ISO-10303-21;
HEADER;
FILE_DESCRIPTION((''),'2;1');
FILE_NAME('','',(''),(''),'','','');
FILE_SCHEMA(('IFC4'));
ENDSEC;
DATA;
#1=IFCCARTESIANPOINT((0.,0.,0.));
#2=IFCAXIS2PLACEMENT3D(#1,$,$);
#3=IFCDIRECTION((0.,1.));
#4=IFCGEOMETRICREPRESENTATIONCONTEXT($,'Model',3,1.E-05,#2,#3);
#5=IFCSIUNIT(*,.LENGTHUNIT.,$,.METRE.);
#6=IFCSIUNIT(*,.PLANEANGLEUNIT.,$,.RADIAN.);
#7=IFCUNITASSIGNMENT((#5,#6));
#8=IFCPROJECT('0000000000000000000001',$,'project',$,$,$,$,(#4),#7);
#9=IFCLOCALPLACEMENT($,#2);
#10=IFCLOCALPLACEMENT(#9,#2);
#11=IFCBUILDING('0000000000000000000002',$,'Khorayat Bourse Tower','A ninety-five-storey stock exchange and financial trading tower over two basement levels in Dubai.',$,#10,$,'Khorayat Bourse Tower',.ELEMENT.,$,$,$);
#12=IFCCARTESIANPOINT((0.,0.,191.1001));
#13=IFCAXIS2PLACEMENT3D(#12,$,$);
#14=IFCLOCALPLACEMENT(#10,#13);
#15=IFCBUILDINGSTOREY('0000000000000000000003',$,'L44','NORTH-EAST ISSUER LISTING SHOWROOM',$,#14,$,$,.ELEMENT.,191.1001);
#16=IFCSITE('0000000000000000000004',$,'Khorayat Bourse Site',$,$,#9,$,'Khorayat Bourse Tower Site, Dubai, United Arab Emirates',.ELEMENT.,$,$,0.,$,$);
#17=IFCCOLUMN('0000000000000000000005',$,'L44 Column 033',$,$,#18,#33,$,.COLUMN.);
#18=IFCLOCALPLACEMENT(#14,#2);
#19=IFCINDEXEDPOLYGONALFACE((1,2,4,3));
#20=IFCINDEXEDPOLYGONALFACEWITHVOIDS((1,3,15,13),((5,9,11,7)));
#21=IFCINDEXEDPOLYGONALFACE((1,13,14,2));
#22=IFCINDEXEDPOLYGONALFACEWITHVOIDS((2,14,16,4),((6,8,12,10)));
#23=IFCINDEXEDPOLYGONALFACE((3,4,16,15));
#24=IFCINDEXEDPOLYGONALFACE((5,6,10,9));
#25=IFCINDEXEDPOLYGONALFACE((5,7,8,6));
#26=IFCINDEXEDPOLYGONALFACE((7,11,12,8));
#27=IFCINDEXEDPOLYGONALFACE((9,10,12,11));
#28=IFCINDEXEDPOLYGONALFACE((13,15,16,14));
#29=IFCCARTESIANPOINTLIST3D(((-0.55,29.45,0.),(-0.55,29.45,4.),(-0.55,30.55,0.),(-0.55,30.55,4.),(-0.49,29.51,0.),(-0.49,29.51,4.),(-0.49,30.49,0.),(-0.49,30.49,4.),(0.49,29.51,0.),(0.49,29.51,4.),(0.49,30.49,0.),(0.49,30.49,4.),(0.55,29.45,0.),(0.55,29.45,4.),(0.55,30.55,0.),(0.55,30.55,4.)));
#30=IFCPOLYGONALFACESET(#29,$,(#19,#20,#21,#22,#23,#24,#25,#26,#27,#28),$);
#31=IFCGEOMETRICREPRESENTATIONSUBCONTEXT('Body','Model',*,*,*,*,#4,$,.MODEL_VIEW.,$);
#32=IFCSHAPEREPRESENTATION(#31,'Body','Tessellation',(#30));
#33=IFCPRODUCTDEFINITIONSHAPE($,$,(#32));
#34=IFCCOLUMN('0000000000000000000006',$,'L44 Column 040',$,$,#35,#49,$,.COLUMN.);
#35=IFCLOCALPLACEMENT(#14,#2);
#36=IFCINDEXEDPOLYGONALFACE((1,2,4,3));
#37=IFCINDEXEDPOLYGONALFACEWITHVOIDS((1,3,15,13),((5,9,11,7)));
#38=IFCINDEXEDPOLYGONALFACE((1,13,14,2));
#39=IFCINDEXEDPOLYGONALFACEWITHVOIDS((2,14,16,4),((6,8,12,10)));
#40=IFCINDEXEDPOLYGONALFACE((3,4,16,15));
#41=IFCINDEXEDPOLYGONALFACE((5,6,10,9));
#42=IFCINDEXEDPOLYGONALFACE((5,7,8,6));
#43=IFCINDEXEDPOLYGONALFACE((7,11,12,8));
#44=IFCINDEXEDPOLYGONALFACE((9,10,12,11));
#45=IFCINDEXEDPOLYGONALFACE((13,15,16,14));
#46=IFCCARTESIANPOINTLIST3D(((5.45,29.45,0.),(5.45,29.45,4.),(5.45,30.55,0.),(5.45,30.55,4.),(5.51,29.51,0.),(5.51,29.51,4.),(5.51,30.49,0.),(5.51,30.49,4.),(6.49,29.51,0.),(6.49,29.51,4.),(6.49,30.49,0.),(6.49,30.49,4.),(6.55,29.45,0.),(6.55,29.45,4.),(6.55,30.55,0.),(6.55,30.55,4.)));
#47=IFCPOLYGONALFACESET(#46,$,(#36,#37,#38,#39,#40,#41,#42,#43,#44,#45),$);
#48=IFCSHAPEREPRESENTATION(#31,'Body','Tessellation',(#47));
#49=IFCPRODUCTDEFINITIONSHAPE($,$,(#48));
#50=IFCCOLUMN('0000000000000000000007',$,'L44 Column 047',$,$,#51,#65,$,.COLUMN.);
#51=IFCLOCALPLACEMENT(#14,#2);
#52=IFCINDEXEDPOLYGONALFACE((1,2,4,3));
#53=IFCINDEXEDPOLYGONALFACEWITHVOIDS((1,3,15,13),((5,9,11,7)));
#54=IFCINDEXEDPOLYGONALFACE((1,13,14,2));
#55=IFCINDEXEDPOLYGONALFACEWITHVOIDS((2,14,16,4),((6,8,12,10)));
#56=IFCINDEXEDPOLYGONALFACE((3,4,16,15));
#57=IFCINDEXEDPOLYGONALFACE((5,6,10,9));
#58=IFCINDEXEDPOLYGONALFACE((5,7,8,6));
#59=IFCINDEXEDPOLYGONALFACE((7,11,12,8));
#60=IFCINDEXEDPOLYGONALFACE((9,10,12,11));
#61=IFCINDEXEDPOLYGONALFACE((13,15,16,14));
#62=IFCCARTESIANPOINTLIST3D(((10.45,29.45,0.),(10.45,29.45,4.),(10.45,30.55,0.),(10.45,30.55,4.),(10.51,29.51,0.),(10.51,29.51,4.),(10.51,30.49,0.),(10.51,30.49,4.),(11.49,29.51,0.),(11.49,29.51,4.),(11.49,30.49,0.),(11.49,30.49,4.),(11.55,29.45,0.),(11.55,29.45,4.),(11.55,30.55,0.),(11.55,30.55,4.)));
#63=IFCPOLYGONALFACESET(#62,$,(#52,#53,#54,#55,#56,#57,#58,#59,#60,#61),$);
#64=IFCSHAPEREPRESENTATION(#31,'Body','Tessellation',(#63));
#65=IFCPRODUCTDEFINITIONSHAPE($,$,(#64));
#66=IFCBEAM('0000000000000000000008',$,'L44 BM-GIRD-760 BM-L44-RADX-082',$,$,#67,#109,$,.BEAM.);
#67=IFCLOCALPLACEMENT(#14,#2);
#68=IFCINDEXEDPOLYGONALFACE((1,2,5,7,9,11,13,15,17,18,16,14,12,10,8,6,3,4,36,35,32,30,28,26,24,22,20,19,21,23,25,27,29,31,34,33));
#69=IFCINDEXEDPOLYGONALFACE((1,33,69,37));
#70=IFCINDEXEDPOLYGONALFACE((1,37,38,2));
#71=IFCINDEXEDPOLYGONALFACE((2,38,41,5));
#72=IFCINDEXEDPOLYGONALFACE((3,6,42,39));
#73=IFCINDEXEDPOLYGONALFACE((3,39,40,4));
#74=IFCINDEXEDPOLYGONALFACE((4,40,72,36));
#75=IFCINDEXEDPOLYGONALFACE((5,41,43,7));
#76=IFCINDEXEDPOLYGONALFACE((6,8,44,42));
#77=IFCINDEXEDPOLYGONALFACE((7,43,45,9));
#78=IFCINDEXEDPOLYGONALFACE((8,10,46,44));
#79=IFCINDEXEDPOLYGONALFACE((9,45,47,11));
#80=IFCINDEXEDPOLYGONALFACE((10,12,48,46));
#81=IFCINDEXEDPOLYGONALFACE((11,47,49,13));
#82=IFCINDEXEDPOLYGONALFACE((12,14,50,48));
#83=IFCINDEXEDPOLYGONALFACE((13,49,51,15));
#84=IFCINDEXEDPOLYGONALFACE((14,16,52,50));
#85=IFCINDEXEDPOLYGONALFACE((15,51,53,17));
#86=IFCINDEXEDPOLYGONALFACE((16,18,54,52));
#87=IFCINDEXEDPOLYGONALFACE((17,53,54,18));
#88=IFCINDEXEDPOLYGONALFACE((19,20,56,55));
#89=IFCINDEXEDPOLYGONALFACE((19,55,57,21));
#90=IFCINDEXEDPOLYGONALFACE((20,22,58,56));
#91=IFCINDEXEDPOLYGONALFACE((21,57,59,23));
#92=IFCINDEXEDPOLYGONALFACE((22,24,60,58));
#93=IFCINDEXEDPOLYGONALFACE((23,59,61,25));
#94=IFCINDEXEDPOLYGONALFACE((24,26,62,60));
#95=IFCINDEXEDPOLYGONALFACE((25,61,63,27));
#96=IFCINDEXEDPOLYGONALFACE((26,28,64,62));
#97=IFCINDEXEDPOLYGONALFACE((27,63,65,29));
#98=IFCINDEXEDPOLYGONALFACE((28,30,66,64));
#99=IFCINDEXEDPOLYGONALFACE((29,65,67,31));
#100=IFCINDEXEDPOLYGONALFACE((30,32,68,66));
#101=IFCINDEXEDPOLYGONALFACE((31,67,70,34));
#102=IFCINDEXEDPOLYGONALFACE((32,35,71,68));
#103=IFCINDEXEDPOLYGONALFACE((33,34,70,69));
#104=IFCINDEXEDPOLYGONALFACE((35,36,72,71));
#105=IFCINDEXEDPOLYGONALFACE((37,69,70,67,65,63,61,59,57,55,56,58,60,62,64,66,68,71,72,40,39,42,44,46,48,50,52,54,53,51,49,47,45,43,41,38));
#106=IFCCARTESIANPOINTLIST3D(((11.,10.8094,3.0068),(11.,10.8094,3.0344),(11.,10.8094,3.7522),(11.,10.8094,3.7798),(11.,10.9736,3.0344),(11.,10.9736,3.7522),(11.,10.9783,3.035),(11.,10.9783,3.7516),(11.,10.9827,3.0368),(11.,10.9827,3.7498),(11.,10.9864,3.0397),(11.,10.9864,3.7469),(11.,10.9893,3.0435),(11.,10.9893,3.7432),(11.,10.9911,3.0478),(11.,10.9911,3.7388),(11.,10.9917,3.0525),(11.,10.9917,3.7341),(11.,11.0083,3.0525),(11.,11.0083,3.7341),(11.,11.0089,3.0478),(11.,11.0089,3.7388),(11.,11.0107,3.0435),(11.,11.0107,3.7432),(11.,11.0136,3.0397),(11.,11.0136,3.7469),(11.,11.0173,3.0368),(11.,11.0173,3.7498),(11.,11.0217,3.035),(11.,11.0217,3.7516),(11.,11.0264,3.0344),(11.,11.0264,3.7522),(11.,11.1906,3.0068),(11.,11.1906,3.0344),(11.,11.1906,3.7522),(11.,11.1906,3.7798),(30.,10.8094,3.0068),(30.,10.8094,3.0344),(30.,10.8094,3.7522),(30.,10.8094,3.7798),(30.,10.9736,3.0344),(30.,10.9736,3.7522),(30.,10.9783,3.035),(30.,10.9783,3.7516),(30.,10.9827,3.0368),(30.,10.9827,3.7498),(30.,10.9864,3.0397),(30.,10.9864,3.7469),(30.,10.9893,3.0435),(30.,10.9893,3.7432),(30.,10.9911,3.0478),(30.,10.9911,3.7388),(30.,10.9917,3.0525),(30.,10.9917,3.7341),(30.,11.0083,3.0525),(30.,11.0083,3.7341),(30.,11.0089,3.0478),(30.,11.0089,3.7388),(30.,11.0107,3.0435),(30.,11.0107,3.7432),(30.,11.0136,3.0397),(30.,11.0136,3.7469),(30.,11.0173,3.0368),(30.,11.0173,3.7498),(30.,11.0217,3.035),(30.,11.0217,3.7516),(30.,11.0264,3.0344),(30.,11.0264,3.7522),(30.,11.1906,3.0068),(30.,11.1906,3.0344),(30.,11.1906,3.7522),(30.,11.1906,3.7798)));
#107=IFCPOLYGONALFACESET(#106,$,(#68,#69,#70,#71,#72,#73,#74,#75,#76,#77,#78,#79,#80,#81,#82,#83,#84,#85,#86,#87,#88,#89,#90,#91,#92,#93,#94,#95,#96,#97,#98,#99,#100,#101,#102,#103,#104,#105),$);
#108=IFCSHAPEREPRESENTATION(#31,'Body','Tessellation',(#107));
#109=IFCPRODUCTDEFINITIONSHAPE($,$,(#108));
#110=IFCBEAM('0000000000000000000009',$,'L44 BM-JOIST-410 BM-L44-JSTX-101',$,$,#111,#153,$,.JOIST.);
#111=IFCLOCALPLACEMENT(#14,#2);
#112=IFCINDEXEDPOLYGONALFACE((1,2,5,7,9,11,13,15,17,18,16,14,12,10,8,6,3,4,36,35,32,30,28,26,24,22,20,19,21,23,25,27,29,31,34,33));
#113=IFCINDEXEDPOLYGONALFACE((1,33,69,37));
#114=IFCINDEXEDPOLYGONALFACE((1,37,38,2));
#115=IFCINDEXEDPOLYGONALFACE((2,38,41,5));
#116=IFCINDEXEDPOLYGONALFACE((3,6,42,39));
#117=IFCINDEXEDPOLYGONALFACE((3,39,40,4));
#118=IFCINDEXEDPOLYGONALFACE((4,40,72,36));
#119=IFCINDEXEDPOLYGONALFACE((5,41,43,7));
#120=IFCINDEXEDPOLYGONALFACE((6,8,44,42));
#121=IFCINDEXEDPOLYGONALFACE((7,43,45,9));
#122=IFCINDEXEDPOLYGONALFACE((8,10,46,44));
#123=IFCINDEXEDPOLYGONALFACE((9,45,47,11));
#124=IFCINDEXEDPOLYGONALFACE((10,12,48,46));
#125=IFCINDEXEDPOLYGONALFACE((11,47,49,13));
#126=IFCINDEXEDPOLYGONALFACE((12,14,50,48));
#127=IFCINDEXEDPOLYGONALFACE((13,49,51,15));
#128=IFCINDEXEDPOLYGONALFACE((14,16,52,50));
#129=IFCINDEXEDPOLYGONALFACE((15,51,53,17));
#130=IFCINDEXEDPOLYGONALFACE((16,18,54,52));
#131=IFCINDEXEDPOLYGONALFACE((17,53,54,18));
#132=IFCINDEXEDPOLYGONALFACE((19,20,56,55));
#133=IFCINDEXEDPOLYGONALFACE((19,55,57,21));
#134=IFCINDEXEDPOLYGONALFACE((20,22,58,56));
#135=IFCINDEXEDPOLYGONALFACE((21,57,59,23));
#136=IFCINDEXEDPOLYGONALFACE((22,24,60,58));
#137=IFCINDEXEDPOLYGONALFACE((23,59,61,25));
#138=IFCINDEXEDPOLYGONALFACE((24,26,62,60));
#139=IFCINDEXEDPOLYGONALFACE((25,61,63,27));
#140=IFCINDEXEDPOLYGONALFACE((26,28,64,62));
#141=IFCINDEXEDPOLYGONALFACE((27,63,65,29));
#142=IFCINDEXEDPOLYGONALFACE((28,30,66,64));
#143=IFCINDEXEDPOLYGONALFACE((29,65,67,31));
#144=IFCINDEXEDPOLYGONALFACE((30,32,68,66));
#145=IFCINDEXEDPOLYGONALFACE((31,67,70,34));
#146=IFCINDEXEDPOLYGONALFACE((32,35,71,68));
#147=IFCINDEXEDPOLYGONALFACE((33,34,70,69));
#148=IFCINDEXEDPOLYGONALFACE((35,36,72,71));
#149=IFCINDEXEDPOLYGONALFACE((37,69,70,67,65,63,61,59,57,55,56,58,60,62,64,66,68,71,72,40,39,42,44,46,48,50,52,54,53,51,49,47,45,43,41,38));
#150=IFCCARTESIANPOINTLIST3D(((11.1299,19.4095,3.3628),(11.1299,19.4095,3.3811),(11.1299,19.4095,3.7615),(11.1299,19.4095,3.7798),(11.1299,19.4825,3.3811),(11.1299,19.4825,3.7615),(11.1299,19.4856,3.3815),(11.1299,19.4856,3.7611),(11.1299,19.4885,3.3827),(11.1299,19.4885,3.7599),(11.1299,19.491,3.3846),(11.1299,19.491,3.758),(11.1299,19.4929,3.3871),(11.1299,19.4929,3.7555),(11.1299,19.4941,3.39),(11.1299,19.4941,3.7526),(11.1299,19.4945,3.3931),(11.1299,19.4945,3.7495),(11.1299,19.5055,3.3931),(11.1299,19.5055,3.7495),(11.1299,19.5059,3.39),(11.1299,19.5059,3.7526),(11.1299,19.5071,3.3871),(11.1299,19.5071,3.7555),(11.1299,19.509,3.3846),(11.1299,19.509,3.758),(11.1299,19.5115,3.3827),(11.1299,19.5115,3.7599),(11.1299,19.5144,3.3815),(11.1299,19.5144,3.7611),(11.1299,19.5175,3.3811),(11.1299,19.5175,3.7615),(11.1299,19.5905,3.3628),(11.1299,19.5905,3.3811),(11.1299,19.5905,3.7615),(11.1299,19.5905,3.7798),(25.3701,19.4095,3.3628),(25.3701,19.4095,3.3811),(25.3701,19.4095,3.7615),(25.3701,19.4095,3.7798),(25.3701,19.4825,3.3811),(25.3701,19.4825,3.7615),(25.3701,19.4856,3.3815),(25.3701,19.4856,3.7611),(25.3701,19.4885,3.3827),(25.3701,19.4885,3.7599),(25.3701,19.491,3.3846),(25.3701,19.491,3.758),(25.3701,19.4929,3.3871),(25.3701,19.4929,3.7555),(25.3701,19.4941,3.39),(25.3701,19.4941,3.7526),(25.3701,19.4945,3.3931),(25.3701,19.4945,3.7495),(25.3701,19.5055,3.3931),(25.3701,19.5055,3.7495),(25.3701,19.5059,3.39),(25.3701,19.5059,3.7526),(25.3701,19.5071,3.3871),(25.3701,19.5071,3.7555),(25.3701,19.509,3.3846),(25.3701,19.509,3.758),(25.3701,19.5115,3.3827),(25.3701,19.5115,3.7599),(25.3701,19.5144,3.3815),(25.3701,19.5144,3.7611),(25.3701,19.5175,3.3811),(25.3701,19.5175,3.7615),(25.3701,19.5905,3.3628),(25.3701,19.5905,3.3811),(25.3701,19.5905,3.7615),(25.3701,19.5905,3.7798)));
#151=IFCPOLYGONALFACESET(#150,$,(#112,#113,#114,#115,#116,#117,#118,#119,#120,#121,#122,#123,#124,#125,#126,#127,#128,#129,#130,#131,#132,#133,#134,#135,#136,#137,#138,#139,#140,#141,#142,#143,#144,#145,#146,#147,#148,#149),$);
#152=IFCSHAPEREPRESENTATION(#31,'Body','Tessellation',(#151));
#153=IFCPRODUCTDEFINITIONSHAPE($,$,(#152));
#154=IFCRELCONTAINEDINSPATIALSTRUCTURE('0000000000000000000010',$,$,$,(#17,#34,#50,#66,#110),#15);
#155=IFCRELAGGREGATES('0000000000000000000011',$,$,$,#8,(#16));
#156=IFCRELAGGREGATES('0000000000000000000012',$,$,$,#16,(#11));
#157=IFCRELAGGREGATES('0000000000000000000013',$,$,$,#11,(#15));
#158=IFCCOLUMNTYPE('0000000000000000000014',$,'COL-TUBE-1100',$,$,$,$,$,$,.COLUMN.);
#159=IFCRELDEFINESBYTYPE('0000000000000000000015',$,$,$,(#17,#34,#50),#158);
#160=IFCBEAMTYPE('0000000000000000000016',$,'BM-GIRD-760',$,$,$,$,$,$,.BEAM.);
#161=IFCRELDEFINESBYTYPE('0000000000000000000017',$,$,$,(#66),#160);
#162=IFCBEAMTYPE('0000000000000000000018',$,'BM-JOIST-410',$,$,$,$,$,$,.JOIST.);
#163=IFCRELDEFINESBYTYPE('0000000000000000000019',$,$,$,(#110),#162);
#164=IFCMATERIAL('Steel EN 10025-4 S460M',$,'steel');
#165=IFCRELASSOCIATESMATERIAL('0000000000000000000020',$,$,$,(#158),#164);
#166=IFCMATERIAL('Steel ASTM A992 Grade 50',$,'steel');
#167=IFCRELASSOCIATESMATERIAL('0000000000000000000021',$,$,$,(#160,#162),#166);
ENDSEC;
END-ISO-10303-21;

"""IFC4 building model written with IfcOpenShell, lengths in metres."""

from ifc_helpers import new_model, si_unit, direction, frame, origin, origin_2d, place, context, subcontext, project, spatial, hollow_rectangle, i_section, extrude, source, transform, mapped, material, material_profile, profile_set, type_object, element, save


model = new_model("IFC4")

# Units and contexts
model_context = context("Model", 3, precision=1e-05, world=origin(), true_north=direction((0.0, 1.0)))
body_context = subcontext(model_context, "Body", "Model", "MODEL_VIEW")
ifc_project = project(units=[si_unit("LENGTHUNIT", "METRE"), si_unit("PLANEANGLEUNIT", "RADIAN")], contexts=[model_context])

# Site, building, storey
site_placement = place(None, origin())
site = spatial("IfcSite", under=ifc_project, at=site_placement, Name="Khorayat Bourse Site", LongName="Khorayat Bourse Tower Site, Dubai, United Arab Emirates", CompositionType="ELEMENT", RefElevation=0.0)
building_placement = place(site_placement, origin())
building = spatial("IfcBuilding", under=site, at=building_placement, Name="Khorayat Bourse Tower", Description="A ninety-five-storey stock exchange and financial trading tower over two basement levels in Dubai.", LongName="Khorayat Bourse Tower", CompositionType="ELEMENT")
storey_placement = place(building_placement, frame((0.0, 0.0, 191.1001)))
storey = spatial("IfcBuildingStorey", under=building, at=storey_placement, Name="L44", Description="NORTH-EAST ISSUER LISTING SHOWROOM", CompositionType="ELEMENT", Elevation=191.1001)

# Columns
ifc_material_1 = material(Name="Steel EN 10025-4 S460M", Category="steel")
ifc_material_profile_1 = material_profile(ifc_material_1, hollow_rectangle(XDim=1.1001, YDim=1.1001, WallThickness=0.0601, at=origin_2d()), Name="BOX 1100x1100x60")
ifc_profile_set_1 = profile_set([ifc_material_profile_1], Name="Steel EN 10025-4 S460M")
column_type = type_object("IfcColumnType", Name="COL-TUBE-1100", PredefinedType="COLUMN", material=ifc_profile_set_1)
shared_shape_1 = source(origin(), body_context, "Body", "SweptSolid", [
    extrude(hollow_rectangle(XDim=1.1001, YDim=1.1001, WallThickness=0.0601, at=origin_2d()), origin(), (0.0, 0.0, 1.0), 4.0),
])
for number, where, z_axis, x_axis, name in (
    (1, (0.0, 30.0, 0.0), (0.0, 0.0, 1.0), (1.0, 0.0, 0.0), "L44 Column 033"),
    (2, (6.0, 30.0, 0.0), (0.0, 0.0, 1.0), (1.0, 0.0, 0.0), "L44 Column 040"),
    (3, (11.0, 30.0, 0.0), (0.0, 0.0, 1.0), (1.0, 0.0, 0.0), "L44 Column 047"),
):
    element("IfcColumn", number, at=place(storey_placement, frame(where, z_axis=z_axis, x_axis=x_axis)), inside=storey, type_object=column_type, Name=name, PredefinedType="COLUMN", context=body_context, shape_type="MappedRepresentation", body=[
        mapped(shared_shape_1, transform((0.0, 0.0, 0.0), scale=1.0)),
    ])

# Beams
ifc_material_2 = material(Name="Steel ASTM A992 Grade 50", Category="steel")
ifc_material_profile_2 = material_profile(ifc_material_2, i_section(OverallWidth=0.3811, OverallDepth=0.7729, WebThickness=0.0166, FlangeThickness=0.0276, FilletRadius=0.0181, at=origin_2d()), Name="W760X257")
ifc_profile_set_2 = profile_set([ifc_material_profile_2], Name="Steel ASTM A992 Grade 50")
beam_type_1 = type_object("IfcBeamType", Name="BM-GIRD-760", PredefinedType="BEAM", material=ifc_profile_set_2)
shared_shape_2 = source(origin(), body_context, "Body", "SweptSolid", [
    extrude(i_section(OverallWidth=0.3811, OverallDepth=0.7729, WebThickness=0.0166, FlangeThickness=0.0276, FilletRadius=0.0181, at=origin_2d()), origin(), (0.0, 0.0, 1.0), 19.0),
])
beam_1_placement = place(storey_placement, frame((11.0, 11.0, 3.3933), z_axis=(1.0, 0.0, 0.0), x_axis=(0.0, 1.0, 0.0)))
element("IfcBeam", 4, at=beam_1_placement, inside=storey, type_object=beam_type_1, Name="L44 BM-GIRD-760 BM-L44-RADX-082", PredefinedType="BEAM", context=body_context, shape_type="MappedRepresentation", body=[
    mapped(shared_shape_2, transform((0.0, 0.0, 0.0), scale=1.0)),
])
ifc_material_profile_3 = material_profile(ifc_material_2, i_section(OverallWidth=0.1809, OverallDepth=0.417, WebThickness=0.011, FlangeThickness=0.0183, FilletRadius=0.012, at=origin_2d()), Name="W410X85")
ifc_profile_set_3 = profile_set([ifc_material_profile_3], Name="Steel ASTM A992 Grade 50")
beam_type_2 = type_object("IfcBeamType", Name="BM-JOIST-410", PredefinedType="JOIST", material=ifc_profile_set_3)
shared_shape_3 = source(origin(), body_context, "Body", "SweptSolid", [
    extrude(i_section(OverallWidth=0.1809, OverallDepth=0.417, WebThickness=0.011, FlangeThickness=0.0183, FilletRadius=0.012, at=origin_2d()), origin(), (0.0, 0.0, 1.0), 14.2402),
])
beam_2_placement = place(storey_placement, frame((11.1299, 19.5, 3.5713), z_axis=(1.0, 0.0, 0.0), x_axis=(0.0, 1.0, 0.0)))
element("IfcBeam", 5, at=beam_2_placement, inside=storey, type_object=beam_type_2, Name="L44 BM-JOIST-410 BM-L44-JSTX-101", PredefinedType="JOIST", context=body_context, shape_type="MappedRepresentation", body=[
    mapped(shared_shape_3, transform((0.0, 0.0, 0.0), scale=1.0)),
])

save(model, "model.ifc")
